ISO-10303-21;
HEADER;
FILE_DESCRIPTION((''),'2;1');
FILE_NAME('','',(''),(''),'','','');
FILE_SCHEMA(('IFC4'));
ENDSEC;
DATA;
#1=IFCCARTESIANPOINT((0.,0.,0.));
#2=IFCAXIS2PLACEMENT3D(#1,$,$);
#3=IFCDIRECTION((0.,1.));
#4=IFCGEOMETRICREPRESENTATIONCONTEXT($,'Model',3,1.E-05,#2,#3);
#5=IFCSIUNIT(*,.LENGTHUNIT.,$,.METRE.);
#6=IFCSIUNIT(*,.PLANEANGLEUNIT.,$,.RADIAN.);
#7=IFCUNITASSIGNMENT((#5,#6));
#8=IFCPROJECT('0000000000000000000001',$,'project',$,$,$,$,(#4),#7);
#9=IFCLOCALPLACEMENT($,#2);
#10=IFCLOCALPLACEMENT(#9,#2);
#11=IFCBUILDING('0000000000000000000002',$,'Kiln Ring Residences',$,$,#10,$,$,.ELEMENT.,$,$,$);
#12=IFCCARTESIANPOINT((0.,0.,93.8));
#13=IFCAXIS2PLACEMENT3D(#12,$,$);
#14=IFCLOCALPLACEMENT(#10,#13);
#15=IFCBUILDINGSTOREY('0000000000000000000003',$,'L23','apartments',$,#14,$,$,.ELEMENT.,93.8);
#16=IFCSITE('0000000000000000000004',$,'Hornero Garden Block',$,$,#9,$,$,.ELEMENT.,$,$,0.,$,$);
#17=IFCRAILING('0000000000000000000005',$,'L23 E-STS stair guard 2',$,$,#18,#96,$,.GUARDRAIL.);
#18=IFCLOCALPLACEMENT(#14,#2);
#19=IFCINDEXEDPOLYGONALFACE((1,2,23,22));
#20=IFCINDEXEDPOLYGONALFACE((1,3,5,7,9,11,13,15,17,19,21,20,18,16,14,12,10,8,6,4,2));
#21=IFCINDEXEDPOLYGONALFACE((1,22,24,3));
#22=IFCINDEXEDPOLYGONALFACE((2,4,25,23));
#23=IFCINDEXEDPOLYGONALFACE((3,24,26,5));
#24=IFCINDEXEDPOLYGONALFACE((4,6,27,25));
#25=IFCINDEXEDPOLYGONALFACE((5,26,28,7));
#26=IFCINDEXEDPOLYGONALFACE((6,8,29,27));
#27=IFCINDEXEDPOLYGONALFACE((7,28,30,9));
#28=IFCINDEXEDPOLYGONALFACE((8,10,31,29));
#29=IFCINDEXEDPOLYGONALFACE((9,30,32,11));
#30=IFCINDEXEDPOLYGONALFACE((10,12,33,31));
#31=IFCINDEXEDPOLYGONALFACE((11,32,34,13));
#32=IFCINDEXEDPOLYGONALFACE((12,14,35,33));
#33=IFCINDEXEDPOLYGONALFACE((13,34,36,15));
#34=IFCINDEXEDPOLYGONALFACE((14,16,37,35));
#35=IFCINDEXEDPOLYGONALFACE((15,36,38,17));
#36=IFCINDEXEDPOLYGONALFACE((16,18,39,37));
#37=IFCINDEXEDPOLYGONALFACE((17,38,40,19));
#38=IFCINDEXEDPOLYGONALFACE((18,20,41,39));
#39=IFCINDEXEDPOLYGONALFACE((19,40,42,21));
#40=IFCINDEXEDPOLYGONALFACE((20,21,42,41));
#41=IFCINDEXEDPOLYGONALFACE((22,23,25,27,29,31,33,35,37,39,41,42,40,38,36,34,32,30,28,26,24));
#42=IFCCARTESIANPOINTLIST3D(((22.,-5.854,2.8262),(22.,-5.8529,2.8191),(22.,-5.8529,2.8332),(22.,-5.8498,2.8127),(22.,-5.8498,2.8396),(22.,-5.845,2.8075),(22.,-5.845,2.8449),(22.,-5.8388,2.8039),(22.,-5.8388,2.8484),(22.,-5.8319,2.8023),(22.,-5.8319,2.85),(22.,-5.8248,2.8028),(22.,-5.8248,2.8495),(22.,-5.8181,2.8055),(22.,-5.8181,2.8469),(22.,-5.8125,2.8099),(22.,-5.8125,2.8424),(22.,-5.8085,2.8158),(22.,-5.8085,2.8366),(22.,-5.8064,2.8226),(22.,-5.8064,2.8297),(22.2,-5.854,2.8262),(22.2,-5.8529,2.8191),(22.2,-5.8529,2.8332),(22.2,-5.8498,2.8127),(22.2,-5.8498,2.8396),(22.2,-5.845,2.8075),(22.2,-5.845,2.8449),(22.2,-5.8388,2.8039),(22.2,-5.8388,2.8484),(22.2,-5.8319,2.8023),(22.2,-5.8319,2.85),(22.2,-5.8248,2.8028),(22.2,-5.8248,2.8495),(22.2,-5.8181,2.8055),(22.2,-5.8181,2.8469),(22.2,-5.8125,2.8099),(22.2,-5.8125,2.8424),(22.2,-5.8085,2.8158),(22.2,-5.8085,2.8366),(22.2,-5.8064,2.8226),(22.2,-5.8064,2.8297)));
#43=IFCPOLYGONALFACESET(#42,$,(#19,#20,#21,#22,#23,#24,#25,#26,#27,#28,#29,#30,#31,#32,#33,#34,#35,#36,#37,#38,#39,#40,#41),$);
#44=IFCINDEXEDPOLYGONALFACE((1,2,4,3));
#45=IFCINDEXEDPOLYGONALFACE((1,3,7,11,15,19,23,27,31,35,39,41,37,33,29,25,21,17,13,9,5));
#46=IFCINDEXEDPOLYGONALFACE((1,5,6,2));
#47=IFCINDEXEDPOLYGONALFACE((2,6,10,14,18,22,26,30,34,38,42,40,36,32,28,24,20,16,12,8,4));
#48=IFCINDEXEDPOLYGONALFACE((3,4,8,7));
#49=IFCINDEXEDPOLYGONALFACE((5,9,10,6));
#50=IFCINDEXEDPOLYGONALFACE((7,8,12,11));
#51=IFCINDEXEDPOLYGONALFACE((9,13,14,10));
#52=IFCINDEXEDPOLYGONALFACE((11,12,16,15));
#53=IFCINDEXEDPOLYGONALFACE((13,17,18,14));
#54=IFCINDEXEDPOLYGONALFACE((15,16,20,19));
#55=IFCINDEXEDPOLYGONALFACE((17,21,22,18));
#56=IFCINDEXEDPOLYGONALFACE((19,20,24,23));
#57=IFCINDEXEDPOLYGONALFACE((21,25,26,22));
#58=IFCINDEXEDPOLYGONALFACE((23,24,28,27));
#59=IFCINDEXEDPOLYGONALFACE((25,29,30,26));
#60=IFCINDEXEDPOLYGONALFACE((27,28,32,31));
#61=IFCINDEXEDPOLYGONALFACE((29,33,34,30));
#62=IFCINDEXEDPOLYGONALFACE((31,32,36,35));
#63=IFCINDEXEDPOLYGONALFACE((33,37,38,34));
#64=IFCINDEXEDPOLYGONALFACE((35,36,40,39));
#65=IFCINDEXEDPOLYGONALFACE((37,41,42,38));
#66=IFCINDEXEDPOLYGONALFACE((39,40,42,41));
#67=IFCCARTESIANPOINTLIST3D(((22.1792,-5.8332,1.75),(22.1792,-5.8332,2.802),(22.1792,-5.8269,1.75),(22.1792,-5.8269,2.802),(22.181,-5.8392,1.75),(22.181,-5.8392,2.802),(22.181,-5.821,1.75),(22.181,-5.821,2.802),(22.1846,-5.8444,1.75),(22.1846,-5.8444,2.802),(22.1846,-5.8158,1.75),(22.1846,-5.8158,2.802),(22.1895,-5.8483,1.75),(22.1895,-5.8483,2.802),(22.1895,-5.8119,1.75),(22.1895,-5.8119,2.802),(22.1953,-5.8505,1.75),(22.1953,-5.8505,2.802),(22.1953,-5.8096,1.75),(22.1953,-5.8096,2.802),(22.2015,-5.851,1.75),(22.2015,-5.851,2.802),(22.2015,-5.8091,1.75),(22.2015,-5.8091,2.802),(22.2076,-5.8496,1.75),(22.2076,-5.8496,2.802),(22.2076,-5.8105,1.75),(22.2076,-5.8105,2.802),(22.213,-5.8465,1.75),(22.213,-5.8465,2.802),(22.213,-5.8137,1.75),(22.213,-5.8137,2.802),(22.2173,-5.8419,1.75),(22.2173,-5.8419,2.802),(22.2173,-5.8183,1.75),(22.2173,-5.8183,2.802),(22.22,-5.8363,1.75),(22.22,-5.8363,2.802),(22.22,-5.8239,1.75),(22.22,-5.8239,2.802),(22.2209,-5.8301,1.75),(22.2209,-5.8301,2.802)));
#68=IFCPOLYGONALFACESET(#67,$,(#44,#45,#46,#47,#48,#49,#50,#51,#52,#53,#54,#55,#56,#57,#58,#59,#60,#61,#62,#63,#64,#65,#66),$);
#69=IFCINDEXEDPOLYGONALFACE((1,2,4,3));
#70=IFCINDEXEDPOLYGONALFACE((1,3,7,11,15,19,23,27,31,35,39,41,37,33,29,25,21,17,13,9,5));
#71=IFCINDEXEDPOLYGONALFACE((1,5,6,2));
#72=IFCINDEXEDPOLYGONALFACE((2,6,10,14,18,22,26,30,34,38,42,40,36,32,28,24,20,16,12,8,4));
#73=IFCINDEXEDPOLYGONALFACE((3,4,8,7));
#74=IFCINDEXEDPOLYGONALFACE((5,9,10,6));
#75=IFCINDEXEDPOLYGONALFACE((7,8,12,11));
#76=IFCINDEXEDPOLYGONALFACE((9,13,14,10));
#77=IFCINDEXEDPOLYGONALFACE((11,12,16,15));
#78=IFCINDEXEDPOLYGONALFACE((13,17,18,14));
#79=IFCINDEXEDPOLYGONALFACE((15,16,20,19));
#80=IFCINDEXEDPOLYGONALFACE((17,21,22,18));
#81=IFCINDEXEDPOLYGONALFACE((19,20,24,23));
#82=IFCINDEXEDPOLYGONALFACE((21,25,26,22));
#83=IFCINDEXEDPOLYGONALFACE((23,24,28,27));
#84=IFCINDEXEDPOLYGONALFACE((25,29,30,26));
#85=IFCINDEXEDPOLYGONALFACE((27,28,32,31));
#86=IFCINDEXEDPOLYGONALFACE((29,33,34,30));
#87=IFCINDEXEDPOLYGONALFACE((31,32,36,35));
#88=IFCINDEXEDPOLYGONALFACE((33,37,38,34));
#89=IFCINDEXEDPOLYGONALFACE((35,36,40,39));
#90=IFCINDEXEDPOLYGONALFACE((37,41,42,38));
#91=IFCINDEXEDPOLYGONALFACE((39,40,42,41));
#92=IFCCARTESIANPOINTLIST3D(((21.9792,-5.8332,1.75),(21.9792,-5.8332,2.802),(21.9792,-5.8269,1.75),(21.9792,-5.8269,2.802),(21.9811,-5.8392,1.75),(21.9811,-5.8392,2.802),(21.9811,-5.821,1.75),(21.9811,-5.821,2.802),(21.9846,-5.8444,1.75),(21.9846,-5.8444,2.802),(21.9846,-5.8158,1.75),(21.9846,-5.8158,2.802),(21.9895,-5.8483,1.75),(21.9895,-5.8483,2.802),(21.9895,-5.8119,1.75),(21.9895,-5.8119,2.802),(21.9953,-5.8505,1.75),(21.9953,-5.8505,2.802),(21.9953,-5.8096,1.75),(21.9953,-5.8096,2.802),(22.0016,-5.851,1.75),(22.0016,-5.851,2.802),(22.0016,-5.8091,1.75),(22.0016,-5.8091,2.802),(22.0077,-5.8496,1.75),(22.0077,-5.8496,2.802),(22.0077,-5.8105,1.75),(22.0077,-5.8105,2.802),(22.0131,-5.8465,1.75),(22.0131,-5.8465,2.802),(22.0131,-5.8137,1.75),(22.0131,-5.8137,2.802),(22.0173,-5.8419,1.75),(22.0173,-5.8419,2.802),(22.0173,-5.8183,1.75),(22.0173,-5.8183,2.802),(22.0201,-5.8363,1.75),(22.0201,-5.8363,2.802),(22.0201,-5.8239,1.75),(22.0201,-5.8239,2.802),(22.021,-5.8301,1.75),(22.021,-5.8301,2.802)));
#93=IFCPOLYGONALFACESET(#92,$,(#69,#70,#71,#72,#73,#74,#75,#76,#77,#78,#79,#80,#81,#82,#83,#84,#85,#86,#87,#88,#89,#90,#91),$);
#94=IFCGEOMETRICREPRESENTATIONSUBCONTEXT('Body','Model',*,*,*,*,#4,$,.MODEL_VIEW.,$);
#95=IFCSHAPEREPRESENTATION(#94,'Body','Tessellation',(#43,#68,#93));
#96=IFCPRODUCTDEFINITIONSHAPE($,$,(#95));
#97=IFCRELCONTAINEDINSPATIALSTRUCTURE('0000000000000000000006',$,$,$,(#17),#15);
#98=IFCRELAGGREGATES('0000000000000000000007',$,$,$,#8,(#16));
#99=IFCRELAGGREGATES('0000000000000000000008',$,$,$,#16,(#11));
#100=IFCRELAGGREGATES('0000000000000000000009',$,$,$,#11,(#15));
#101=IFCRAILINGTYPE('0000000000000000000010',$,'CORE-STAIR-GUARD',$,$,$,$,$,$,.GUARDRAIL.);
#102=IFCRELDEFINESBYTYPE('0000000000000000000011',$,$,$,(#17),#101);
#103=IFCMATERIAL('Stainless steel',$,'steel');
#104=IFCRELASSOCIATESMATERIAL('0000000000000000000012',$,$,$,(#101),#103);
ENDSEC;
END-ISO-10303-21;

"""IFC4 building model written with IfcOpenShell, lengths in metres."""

from ifc_helpers import new_model, si_unit, direction, frame, origin, origin_2d, place, context, subcontext, project, spatial, circle, extrude, material, type_object, element, save


model = new_model("IFC4")

# Units and contexts
model_context = context("Model", 3, precision=1e-05, world=origin(), true_north=direction((0.0, 1.0)))
body_context = subcontext(model_context, "Body", "Model", "MODEL_VIEW")
ifc_project = project(units=[si_unit("LENGTHUNIT", "METRE"), si_unit("PLANEANGLEUNIT", "RADIAN")], contexts=[model_context])

# Site, building, storey
site_placement = place(None, origin())
site = spatial("IfcSite", under=ifc_project, at=site_placement, Name="Hornero Garden Block", CompositionType="ELEMENT", RefElevation=0.0)
building_placement = place(site_placement, origin())
building = spatial("IfcBuilding", under=site, at=building_placement, Name="Kiln Ring Residences", CompositionType="ELEMENT")
storey_placement = place(building_placement, frame((0.0, 0.0, 93.8)))
storey = spatial("IfcBuildingStorey", under=building, at=storey_placement, Name="L23", Description="apartments", CompositionType="ELEMENT", Elevation=93.8)

# Railing
ifc_material_1 = material(Name="Stainless steel", Category="steel")
railing_type_1 = type_object("IfcRailingType", Name="CORE-STAIR-GUARD", PredefinedType="GUARDRAIL", material=ifc_material_1)
railing_1_placement = place(storey_placement, frame((22.2, -5.8301, 1.75)))
element("IfcRailing", 1, at=railing_1_placement, inside=storey, type_object=railing_type_1, Name="L23 E-STS stair guard 2", PredefinedType="GUARDRAIL", context=body_context, shape_type="SweptSolid", body=[
    extrude(circle(Radius=0.0239, at=origin_2d()), frame((0.0, 0.0, 1.0762), z_axis=(-1.0, 0.0, 0.0), x_axis=(0.0, -1.0, 0.0)), (0.0, 0.0, 1.0), 0.2),
    extrude(circle(Radius=0.021, at=origin_2d()), origin(), (0.0, 0.0, 1.0), 1.052),
    extrude(circle(Radius=0.021, at=origin_2d()), frame((-0.2, 0.0, 0.0)), (0.0, 0.0, 1.0), 1.052),
])

save(model, "model.ifc")
